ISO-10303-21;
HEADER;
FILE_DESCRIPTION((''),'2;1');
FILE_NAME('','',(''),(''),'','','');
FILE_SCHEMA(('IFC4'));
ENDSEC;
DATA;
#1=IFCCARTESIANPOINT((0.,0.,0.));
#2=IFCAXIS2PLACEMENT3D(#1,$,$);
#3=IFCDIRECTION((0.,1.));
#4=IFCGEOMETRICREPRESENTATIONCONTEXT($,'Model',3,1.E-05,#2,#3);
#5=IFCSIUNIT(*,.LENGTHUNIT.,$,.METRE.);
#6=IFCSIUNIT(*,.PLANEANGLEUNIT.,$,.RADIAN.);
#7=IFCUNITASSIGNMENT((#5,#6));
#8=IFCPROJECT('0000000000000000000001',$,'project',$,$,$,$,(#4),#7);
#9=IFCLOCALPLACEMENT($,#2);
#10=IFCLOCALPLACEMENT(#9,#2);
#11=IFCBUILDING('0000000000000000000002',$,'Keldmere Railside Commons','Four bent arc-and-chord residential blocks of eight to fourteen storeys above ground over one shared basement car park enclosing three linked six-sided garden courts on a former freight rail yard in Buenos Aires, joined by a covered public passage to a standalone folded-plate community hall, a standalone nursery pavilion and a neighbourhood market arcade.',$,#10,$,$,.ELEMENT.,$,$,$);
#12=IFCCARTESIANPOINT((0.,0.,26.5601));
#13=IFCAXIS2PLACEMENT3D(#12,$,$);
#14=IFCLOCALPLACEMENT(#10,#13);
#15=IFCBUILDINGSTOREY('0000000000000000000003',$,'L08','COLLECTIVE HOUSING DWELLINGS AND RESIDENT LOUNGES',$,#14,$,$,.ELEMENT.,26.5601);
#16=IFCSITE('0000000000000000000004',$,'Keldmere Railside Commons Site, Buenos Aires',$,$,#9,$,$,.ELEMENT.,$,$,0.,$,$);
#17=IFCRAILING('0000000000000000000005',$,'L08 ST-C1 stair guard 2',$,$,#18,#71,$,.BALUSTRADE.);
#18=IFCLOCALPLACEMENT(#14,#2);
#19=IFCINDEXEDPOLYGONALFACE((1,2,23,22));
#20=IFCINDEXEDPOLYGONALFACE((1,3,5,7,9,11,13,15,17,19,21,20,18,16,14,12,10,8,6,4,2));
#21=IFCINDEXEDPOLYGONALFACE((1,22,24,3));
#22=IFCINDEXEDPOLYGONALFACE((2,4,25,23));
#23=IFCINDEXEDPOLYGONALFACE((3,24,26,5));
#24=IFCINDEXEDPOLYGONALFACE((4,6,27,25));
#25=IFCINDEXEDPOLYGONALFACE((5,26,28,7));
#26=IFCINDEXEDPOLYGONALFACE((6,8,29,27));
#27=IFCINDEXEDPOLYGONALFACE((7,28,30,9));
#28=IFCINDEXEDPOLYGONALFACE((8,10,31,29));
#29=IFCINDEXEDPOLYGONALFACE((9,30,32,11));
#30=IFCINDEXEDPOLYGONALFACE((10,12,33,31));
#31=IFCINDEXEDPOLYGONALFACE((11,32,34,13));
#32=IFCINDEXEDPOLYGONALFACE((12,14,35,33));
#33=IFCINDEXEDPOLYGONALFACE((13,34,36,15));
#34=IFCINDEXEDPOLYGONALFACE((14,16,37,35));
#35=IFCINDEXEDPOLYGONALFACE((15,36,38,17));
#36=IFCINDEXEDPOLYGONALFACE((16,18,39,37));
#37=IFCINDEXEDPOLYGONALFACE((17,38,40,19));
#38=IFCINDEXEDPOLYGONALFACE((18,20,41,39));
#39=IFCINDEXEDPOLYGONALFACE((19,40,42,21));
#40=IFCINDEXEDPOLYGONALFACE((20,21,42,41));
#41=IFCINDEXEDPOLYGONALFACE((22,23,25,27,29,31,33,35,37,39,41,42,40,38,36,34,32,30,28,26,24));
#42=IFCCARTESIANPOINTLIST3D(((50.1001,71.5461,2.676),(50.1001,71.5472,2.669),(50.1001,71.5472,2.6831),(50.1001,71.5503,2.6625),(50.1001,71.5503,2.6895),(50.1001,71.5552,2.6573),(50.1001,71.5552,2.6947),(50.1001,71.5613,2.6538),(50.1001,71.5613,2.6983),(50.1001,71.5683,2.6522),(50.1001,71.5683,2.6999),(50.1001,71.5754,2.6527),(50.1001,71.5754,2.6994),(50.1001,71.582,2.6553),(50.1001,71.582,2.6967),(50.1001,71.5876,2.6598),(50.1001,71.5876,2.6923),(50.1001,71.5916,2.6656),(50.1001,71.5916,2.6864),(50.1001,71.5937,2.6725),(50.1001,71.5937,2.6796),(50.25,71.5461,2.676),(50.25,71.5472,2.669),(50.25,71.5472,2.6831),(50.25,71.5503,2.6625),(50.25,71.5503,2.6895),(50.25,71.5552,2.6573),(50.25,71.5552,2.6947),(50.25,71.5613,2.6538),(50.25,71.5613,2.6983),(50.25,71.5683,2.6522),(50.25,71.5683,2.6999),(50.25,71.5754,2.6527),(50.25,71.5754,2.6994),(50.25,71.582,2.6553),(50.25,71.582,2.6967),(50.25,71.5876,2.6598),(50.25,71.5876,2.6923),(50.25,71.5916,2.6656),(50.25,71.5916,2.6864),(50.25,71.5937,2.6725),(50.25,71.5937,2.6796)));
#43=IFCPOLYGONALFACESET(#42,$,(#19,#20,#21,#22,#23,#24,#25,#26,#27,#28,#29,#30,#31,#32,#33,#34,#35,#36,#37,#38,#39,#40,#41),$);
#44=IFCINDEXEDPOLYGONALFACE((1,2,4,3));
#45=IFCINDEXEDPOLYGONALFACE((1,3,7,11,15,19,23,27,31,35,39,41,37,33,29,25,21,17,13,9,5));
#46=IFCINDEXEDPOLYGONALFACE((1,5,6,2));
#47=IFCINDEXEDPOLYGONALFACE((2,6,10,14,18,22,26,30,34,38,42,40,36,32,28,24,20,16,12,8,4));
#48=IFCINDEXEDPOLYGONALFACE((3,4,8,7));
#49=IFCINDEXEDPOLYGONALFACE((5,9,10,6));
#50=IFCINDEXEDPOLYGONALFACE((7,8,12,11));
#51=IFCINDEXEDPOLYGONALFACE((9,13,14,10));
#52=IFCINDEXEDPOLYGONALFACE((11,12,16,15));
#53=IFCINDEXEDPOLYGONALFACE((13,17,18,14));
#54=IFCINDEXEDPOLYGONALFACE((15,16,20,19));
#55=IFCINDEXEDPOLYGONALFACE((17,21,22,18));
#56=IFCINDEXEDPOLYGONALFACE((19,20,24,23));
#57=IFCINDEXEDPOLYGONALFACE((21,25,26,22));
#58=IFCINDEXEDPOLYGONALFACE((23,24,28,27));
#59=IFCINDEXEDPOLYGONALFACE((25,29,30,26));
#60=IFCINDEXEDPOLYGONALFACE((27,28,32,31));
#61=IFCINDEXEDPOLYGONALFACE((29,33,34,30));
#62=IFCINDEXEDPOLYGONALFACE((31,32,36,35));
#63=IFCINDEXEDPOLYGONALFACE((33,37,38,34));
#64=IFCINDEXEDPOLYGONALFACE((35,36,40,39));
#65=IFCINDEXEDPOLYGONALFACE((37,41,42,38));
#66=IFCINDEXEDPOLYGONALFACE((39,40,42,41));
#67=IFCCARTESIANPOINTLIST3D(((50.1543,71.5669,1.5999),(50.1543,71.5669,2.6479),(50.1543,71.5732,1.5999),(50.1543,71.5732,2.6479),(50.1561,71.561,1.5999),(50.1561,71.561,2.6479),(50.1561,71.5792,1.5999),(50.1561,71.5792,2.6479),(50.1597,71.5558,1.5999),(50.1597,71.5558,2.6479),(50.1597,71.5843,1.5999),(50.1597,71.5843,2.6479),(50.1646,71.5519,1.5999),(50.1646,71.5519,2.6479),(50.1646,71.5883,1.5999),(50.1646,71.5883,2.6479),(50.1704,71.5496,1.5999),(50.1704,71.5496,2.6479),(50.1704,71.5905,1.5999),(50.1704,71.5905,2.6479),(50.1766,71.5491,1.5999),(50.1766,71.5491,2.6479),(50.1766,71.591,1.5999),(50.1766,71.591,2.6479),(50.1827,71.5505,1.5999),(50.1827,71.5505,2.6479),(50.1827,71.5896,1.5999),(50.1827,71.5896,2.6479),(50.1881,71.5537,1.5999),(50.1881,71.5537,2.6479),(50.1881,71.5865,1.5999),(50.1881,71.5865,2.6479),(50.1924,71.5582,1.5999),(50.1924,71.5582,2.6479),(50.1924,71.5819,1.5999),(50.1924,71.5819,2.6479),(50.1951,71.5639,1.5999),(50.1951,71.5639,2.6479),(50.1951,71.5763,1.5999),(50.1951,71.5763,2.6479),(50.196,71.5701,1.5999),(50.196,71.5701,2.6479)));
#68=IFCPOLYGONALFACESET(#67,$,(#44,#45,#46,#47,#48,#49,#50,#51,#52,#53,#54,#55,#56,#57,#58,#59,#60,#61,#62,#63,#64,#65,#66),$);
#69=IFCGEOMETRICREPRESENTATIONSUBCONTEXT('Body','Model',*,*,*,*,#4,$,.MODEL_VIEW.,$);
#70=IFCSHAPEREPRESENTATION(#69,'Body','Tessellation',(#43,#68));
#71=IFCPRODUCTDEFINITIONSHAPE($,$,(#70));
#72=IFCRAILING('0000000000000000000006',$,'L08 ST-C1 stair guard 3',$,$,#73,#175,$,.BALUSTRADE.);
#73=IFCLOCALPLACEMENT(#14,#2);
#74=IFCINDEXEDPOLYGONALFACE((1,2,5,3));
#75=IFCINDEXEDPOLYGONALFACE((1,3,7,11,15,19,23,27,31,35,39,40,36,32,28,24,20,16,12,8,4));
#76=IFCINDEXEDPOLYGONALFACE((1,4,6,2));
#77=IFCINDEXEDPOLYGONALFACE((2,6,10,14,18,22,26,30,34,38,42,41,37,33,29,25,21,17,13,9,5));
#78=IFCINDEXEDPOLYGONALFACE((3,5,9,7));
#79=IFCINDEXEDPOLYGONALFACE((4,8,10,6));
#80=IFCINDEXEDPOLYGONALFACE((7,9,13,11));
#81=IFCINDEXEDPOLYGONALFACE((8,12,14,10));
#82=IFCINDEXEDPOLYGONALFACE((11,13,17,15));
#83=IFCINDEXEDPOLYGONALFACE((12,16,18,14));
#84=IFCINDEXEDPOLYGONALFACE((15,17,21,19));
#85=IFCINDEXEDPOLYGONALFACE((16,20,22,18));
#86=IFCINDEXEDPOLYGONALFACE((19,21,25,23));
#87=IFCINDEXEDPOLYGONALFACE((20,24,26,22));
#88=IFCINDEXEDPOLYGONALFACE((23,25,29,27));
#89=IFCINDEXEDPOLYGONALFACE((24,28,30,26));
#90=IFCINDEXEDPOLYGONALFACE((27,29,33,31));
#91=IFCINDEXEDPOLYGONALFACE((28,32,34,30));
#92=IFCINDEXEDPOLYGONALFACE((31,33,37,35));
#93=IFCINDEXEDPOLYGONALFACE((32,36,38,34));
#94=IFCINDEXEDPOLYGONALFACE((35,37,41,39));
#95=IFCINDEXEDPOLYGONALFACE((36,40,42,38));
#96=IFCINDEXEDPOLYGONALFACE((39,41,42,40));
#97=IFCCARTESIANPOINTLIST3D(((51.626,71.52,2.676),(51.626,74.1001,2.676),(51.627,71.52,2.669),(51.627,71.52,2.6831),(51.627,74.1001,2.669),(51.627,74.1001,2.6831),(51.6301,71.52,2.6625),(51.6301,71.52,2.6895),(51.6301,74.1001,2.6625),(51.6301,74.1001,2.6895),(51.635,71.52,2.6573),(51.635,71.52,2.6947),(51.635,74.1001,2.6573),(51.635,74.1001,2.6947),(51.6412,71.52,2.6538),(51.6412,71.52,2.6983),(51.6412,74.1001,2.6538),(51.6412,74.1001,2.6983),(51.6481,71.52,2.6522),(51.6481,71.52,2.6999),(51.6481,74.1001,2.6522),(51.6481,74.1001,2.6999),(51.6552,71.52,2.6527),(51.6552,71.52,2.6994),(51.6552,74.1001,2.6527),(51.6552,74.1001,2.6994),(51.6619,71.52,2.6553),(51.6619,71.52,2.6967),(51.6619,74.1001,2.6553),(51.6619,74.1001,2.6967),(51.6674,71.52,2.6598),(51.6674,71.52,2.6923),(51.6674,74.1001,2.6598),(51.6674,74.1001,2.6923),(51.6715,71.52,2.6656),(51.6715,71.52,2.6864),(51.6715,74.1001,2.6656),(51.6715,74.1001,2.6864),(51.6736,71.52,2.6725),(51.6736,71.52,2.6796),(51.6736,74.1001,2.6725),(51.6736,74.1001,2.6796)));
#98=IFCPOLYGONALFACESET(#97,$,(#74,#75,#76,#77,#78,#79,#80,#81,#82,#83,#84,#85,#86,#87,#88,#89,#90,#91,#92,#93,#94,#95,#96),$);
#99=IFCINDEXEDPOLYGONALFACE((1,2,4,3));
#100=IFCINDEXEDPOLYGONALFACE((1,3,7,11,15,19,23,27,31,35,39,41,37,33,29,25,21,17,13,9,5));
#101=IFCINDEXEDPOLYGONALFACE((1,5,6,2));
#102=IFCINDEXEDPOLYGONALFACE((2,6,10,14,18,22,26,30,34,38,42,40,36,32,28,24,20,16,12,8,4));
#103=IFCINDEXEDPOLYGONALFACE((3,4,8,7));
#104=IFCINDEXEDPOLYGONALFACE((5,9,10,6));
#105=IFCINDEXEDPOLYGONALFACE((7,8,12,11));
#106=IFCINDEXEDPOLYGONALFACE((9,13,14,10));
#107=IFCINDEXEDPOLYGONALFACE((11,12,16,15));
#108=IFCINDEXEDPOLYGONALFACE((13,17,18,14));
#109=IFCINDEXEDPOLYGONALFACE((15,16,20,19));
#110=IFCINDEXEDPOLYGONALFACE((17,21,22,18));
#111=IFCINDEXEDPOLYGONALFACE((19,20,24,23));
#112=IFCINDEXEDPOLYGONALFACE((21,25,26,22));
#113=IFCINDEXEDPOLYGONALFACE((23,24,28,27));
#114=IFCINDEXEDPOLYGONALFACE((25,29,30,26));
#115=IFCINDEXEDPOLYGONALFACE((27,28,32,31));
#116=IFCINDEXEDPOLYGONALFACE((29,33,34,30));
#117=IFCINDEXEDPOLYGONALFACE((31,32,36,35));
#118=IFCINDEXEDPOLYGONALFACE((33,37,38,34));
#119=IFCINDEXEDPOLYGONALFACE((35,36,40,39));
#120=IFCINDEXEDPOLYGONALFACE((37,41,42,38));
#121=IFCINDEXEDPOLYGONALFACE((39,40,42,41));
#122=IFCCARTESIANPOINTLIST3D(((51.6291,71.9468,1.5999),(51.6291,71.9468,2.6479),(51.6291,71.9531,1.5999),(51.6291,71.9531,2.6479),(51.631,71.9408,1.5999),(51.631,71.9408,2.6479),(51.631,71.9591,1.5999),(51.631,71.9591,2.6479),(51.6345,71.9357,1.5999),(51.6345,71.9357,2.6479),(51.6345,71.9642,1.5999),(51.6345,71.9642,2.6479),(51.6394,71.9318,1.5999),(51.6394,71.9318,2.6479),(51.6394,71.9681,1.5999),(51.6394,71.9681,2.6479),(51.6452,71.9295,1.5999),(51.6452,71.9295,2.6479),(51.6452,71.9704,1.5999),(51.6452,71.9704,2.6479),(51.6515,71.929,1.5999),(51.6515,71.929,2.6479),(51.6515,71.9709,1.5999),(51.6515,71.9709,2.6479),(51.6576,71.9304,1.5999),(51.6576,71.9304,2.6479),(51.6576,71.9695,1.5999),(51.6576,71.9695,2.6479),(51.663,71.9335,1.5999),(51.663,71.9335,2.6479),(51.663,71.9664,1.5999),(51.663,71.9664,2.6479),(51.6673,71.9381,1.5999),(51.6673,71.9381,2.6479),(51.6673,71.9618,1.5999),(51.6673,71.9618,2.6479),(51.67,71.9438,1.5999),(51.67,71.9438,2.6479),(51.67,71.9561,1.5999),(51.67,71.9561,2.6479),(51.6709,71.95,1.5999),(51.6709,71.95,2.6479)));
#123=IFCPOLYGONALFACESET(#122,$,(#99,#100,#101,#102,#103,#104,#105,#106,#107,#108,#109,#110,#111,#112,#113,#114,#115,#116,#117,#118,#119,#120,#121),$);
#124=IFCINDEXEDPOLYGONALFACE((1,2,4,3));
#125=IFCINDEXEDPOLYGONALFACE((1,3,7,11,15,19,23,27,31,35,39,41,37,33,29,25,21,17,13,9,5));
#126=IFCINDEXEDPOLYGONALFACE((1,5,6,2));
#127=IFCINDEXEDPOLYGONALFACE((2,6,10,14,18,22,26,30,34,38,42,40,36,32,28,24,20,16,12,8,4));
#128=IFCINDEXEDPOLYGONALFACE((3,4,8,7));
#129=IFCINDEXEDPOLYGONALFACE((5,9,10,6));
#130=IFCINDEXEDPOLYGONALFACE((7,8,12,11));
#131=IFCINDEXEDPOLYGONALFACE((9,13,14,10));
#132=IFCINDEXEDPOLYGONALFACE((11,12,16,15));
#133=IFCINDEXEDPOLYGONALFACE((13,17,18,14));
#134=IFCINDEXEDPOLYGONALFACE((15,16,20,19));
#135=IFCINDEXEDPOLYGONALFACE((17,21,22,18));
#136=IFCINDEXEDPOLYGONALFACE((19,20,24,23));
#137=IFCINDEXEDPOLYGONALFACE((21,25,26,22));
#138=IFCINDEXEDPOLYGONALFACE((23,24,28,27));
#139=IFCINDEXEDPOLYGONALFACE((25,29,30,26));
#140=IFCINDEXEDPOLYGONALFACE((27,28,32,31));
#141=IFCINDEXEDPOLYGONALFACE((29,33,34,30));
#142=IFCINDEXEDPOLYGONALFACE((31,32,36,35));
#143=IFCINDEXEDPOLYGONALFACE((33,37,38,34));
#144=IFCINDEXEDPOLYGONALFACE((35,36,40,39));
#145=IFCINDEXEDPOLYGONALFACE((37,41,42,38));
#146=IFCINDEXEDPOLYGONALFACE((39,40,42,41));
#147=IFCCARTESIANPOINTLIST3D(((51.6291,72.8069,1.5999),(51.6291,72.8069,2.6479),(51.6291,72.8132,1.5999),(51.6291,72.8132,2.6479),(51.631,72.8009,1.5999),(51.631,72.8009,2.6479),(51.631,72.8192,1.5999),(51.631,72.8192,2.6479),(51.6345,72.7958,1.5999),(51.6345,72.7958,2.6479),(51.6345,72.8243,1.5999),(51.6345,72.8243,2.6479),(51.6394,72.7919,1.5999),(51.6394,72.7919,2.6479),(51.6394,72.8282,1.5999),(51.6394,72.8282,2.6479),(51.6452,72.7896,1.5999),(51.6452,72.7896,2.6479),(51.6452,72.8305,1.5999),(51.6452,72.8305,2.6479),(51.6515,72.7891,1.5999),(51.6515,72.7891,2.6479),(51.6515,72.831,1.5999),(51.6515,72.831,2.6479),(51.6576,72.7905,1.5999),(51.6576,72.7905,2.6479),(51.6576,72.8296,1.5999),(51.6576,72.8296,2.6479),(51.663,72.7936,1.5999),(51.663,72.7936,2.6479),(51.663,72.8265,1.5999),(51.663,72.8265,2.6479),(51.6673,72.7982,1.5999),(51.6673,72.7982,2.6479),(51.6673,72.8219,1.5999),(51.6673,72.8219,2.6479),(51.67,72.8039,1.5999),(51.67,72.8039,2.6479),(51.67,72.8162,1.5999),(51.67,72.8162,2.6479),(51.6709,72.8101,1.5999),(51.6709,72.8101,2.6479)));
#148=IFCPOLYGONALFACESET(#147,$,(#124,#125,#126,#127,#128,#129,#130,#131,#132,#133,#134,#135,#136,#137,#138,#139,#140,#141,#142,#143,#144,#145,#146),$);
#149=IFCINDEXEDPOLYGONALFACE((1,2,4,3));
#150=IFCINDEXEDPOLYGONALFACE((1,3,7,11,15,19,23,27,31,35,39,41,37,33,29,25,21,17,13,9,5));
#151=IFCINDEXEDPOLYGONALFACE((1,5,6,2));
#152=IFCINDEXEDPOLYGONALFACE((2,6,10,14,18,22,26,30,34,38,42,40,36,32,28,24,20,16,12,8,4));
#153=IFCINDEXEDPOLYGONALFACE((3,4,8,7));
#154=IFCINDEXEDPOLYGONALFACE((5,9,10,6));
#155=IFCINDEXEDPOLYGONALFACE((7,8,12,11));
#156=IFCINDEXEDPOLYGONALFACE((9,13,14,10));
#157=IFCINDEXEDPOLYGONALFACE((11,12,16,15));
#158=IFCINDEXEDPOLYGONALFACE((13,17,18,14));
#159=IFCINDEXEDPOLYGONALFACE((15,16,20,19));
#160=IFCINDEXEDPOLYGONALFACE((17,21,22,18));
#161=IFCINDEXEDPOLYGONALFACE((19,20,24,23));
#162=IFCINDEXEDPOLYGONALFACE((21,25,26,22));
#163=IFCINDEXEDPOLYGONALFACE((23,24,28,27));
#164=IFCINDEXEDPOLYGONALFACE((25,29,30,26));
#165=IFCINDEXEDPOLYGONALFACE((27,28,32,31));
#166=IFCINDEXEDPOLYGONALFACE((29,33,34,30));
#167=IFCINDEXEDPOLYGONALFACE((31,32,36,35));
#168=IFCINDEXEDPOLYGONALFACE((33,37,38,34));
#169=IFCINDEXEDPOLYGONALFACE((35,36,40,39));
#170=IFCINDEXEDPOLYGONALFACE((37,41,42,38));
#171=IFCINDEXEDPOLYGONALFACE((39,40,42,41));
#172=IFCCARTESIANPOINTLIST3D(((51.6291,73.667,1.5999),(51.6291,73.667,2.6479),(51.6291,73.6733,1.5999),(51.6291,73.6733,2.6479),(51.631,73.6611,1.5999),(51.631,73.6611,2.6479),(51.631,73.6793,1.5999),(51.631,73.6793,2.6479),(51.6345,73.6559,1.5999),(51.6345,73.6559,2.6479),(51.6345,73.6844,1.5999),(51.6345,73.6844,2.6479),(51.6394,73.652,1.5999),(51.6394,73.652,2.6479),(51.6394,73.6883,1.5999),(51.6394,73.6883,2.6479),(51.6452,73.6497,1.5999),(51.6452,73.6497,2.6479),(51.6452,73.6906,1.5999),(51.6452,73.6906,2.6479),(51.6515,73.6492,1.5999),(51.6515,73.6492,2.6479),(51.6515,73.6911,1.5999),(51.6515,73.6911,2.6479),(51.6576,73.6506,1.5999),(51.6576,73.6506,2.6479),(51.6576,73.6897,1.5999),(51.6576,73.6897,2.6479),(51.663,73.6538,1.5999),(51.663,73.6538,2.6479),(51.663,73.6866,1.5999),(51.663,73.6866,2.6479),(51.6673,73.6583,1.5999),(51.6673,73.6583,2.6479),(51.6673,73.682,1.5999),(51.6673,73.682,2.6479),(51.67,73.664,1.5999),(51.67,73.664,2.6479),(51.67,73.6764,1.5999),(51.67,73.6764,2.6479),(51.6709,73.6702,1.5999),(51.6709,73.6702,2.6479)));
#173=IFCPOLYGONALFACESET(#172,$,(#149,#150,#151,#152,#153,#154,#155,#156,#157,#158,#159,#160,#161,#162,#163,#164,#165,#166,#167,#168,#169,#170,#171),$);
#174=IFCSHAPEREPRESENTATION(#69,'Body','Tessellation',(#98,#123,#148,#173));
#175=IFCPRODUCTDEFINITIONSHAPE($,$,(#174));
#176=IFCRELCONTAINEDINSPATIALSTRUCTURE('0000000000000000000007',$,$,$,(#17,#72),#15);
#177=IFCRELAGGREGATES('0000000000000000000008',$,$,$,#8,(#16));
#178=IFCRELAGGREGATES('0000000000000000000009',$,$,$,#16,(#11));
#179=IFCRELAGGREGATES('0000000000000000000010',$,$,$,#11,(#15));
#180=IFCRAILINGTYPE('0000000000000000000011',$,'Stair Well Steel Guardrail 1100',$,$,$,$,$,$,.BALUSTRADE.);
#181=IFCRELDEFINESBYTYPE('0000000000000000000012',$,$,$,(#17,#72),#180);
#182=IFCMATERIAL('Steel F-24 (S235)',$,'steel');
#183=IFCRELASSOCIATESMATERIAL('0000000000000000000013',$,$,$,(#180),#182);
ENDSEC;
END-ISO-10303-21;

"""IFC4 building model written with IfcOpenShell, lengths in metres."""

from ifc_helpers import new_model, si_unit, direction, frame, origin, origin_2d, place, context, subcontext, project, spatial, circle, extrude, material, type_object, element, save


model = new_model("IFC4")

# Units and contexts
model_context = context("Model", 3, precision=1e-05, world=origin(), true_north=direction((0.0, 1.0)))
body_context = subcontext(model_context, "Body", "Model", "MODEL_VIEW")
ifc_project = project(units=[si_unit("LENGTHUNIT", "METRE"), si_unit("PLANEANGLEUNIT", "RADIAN")], contexts=[model_context])

# Site, building, storey
site_placement = place(None, origin())
site = spatial("IfcSite", under=ifc_project, at=site_placement, Name="Keldmere Railside Commons Site, Buenos Aires", CompositionType="ELEMENT", RefElevation=0.0)
building_placement = place(site_placement, origin())
building = spatial("IfcBuilding", under=site, at=building_placement, Name="Keldmere Railside Commons", Description="Four bent arc-and-chord residential blocks of eight to fourteen storeys above ground over one shared basement car park enclosing three linked six-sided garden courts on a former freight rail yard in Buenos Aires, joined by a covered public passage to a standalone folded-plate community hall, a standalone nursery pavilion and a neighbourhood market arcade.", CompositionType="ELEMENT")
storey_placement = place(building_placement, frame((0.0, 0.0, 26.5601)))
storey = spatial("IfcBuildingStorey", under=building, at=storey_placement, Name="L08", Description="COLLECTIVE HOUSING DWELLINGS AND RESIDENT LOUNGES", CompositionType="ELEMENT", Elevation=26.5601)

# Shared definitions
ifc_material_1 = material(Name="Steel F-24 (S235)", Category="steel")

# Railings
railing_type_1 = type_object("IfcRailingType", Name="Stair Well Steel Guardrail 1100", PredefinedType="BALUSTRADE", material=ifc_material_1)
railing_1_placement = place(storey_placement, frame((50.25, 71.5701, 1.5999)))
element("IfcRailing", 1, at=railing_1_placement, inside=storey, type_object=railing_type_1, Name="L08 ST-C1 stair guard 2", PredefinedType="BALUSTRADE", context=body_context, shape_type="SweptSolid", body=[
    extrude(circle(Radius=0.0239, at=origin_2d()), frame((0.0, 0.0, 1.0762), z_axis=(-1.0, 0.0, 0.0), x_axis=(0.0, -1.0, 0.0)), (0.0, 0.0, 1.0), 0.1499),
    extrude(circle(Radius=0.021, at=origin_2d()), frame((-0.075, 0.0, 0.0)), (0.0, 0.0, 1.0), 1.0481),
])
for number, where, name in (
    (2, (51.6499, 71.52, 1.5999), "L08 ST-C1 stair guard 3"),
):
    element("IfcRailing", number, at=place(storey_placement, frame(where)), inside=storey, type_object=railing_type_1, Name=name, PredefinedType="BALUSTRADE", context=body_context, shape_type="SweptSolid", body=[
        extrude(circle(Radius=0.0239, at=origin_2d()), frame((0.0, 0.0, 1.0762), z_axis=(0.0, 1.0, 0.0), x_axis=(-1.0, 0.0, 0.0)), (0.0, 0.0, 1.0), 2.5801),
        extrude(circle(Radius=0.021, at=origin_2d()), frame((0.0, 0.4299, 0.0)), (0.0, 0.0, 1.0), 1.0481),
        extrude(circle(Radius=0.021, at=origin_2d()), frame((0.0, 1.29, 0.0)), (0.0, 0.0, 1.0), 1.0481),
        extrude(circle(Radius=0.021, at=origin_2d()), frame((0.0, 2.1501, 0.0)), (0.0, 0.0, 1.0), 1.0481),
    ])

save(model, "model.ifc")
